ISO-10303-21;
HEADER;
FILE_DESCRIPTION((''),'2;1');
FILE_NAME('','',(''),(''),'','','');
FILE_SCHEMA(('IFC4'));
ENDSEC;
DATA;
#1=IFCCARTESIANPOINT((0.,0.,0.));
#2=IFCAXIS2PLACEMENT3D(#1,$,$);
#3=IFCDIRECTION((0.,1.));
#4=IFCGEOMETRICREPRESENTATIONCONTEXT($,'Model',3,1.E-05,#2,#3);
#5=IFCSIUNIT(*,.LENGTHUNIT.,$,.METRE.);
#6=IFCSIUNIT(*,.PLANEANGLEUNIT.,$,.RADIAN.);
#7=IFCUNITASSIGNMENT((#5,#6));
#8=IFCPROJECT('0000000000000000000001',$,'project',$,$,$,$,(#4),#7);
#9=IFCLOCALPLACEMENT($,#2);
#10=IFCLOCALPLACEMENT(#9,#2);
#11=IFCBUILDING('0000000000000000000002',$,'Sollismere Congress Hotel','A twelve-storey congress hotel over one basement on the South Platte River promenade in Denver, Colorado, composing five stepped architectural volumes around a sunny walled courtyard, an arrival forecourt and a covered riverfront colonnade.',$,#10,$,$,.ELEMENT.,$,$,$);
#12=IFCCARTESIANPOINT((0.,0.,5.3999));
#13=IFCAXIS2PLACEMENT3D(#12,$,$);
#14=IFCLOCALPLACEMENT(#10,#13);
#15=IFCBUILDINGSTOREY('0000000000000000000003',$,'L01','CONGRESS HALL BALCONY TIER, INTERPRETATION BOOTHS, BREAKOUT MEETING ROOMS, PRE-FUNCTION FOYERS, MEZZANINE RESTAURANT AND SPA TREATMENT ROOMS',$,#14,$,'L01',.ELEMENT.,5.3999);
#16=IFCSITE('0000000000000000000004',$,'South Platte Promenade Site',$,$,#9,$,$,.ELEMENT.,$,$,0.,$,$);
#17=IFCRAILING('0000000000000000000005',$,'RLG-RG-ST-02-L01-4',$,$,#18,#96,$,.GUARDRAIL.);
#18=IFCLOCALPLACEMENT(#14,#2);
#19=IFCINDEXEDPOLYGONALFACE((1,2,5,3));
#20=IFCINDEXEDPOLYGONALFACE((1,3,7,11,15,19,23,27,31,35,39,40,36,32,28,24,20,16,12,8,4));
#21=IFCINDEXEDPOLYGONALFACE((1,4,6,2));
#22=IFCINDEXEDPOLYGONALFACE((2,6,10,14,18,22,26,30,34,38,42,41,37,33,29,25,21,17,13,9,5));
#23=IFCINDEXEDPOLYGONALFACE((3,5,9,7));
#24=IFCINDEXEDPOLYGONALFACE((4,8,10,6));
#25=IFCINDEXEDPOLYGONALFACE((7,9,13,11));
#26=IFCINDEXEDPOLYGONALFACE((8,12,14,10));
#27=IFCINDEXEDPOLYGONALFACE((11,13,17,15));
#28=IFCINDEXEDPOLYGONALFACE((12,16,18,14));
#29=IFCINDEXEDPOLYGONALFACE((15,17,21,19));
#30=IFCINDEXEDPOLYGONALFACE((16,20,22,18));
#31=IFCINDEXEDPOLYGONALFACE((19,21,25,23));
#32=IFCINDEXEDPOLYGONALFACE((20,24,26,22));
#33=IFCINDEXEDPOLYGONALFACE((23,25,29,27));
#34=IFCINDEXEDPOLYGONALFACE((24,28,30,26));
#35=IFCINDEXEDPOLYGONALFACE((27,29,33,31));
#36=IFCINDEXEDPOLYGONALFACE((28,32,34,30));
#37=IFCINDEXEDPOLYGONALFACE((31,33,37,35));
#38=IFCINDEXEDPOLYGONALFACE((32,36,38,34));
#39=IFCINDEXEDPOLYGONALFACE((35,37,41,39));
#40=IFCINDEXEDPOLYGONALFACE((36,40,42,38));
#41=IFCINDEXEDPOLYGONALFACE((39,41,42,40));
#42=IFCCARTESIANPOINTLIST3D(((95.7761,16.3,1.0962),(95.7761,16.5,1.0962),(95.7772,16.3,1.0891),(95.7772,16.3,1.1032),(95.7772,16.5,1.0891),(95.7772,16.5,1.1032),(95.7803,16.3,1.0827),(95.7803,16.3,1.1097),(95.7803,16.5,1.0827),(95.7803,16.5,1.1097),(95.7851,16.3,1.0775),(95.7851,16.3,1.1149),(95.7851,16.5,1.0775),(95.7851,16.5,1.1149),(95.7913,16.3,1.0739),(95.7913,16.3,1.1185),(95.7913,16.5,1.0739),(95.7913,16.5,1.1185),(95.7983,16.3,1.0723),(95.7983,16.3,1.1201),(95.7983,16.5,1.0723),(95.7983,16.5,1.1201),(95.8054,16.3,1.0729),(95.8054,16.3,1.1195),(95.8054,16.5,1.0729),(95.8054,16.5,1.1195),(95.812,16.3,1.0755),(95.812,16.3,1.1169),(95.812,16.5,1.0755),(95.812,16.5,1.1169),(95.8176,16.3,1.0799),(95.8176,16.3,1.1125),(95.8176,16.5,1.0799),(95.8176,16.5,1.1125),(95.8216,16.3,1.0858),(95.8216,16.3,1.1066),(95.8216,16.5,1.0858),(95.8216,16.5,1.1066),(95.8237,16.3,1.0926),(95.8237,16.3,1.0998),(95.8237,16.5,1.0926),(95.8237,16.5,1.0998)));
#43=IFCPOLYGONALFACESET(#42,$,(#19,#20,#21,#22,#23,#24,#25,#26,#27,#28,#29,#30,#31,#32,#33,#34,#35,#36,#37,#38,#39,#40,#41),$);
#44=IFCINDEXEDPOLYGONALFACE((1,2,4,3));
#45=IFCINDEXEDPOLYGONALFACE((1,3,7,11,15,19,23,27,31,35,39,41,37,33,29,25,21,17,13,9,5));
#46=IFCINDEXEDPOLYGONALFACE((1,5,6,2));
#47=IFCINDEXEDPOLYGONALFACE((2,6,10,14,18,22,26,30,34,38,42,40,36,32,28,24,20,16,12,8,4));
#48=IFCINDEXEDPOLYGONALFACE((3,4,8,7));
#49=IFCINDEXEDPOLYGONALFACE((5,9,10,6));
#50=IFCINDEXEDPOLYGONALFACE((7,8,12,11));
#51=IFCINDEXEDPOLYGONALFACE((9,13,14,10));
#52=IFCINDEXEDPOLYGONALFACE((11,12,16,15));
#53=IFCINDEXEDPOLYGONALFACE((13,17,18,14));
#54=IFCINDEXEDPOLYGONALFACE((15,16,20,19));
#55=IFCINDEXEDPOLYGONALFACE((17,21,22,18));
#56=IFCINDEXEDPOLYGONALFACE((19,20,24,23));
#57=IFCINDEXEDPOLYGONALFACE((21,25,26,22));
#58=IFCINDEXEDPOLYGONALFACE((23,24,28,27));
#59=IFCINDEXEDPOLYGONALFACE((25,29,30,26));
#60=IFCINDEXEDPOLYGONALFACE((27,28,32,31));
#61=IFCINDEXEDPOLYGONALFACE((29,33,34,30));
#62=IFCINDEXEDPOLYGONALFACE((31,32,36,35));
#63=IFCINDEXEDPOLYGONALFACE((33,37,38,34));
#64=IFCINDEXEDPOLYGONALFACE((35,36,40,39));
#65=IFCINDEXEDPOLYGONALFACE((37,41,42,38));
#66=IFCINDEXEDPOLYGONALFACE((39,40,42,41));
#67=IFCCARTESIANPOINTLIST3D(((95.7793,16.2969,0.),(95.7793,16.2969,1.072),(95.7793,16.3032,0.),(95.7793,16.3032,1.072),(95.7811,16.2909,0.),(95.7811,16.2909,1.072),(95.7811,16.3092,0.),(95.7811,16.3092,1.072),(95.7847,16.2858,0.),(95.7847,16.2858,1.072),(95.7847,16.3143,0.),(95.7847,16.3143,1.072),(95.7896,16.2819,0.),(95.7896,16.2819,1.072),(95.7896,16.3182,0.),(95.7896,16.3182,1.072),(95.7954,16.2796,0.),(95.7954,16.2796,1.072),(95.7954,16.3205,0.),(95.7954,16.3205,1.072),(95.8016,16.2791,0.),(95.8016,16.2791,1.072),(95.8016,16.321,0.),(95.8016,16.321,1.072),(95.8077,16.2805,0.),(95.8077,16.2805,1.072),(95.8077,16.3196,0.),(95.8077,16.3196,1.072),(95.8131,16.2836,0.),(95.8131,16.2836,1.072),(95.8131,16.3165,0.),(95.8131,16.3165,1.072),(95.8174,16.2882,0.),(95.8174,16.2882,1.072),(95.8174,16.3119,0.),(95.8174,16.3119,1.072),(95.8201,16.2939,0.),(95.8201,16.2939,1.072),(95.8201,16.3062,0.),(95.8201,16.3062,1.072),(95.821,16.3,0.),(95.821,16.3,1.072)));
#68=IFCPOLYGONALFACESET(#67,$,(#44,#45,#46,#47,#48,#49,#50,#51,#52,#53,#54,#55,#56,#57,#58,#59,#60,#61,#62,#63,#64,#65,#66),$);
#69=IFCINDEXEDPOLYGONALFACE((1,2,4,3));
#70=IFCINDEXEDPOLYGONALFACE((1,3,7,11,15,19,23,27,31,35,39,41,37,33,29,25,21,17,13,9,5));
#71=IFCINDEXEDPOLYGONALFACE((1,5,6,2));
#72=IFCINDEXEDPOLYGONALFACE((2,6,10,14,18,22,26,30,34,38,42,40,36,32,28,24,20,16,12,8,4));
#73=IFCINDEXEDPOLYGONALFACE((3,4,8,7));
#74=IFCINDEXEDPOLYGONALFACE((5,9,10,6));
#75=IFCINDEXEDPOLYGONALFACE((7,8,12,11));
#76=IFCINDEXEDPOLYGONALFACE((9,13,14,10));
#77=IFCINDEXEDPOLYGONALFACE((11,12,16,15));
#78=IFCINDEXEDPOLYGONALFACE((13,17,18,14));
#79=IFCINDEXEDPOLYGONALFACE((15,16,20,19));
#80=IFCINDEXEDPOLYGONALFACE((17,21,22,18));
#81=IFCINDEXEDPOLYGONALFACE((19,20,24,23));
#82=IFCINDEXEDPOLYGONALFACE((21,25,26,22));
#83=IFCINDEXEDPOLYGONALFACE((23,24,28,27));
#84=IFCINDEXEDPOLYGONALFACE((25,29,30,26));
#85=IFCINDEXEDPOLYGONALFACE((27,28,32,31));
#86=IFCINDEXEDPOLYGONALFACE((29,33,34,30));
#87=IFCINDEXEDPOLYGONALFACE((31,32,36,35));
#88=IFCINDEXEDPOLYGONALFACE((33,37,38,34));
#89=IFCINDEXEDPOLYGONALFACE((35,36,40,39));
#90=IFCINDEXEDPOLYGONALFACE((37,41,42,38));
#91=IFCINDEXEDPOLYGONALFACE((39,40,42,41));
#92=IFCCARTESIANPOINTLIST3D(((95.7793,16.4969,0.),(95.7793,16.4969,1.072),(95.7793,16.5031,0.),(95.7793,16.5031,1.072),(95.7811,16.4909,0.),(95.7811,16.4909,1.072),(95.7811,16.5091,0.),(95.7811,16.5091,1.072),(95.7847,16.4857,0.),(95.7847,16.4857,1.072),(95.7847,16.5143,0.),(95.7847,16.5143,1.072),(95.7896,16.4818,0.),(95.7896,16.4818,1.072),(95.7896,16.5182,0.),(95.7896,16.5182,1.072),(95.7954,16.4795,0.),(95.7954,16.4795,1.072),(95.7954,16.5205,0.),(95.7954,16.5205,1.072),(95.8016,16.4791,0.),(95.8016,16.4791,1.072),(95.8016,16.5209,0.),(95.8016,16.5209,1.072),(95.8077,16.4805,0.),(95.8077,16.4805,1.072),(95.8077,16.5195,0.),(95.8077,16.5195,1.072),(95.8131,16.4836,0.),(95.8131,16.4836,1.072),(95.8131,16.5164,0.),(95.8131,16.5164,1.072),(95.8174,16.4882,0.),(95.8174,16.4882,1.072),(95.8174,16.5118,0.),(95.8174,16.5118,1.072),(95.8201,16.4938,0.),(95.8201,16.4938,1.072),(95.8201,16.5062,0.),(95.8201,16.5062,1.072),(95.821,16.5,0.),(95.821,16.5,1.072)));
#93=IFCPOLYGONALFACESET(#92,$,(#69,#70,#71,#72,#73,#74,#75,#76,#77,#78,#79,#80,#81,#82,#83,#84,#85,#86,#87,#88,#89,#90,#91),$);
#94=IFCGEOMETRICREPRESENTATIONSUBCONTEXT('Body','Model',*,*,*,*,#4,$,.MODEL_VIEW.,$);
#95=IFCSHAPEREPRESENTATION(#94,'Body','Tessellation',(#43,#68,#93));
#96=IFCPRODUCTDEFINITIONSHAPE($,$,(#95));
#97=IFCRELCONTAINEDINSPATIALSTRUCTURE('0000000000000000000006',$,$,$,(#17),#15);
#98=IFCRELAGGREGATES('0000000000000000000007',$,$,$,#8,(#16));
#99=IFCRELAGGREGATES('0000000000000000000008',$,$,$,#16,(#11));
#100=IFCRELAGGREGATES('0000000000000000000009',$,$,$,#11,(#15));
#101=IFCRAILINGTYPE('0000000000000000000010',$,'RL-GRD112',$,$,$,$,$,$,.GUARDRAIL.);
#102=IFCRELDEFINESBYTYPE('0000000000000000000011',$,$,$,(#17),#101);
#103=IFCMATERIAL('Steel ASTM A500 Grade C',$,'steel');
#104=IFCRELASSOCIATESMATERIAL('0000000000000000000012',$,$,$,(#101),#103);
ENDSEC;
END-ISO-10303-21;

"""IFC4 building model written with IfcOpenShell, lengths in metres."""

from ifc_helpers import new_model, si_unit, direction, frame, origin, origin_2d, place, context, subcontext, project, spatial, circle, extrude, material, type_object, element, save


model = new_model("IFC4")

# Units and contexts
model_context = context("Model", 3, precision=1e-05, world=origin(), true_north=direction((0.0, 1.0)))
body_context = subcontext(model_context, "Body", "Model", "MODEL_VIEW")
ifc_project = project(units=[si_unit("LENGTHUNIT", "METRE"), si_unit("PLANEANGLEUNIT", "RADIAN")], contexts=[model_context])

# Site, building, storey
site_placement = place(None, origin())
site = spatial("IfcSite", under=ifc_project, at=site_placement, Name="South Platte Promenade Site", CompositionType="ELEMENT", RefElevation=0.0)
building_placement = place(site_placement, origin())
building = spatial("IfcBuilding", under=site, at=building_placement, Name="Sollismere Congress Hotel", Description="A twelve-storey congress hotel over one basement on the South Platte River promenade in Denver, Colorado, composing five stepped architectural volumes around a sunny walled courtyard, an arrival forecourt and a covered riverfront colonnade.", CompositionType="ELEMENT")
storey_placement = place(building_placement, frame((0.0, 0.0, 5.3999)))
storey = spatial("IfcBuildingStorey", under=building, at=storey_placement, Name="L01", Description="CONGRESS HALL BALCONY TIER, INTERPRETATION BOOTHS, BREAKOUT MEETING ROOMS, PRE-FUNCTION FOYERS, MEZZANINE RESTAURANT AND SPA TREATMENT ROOMS", LongName="L01", CompositionType="ELEMENT", Elevation=5.3999)

# Shared definitions
ifc_material_1 = material(Name="Steel ASTM A500 Grade C", Category="steel")

# Railing
railing_type_1 = type_object("IfcRailingType", Name="RL-GRD112", PredefinedType="GUARDRAIL", material=ifc_material_1)
railing_1_placement = place(storey_placement, frame((95.8, 16.3, 0.0)))
element("IfcRailing", 1, at=railing_1_placement, inside=storey, type_object=railing_type_1, Name="RLG-RG-ST-02-L01-4", PredefinedType="GUARDRAIL", context=body_context, shape_type="SweptSolid", body=[
    extrude(circle(Radius=0.0239, at=origin_2d()), frame((0.0, 0.0, 1.0962), z_axis=(0.0, 1.0, 0.0), x_axis=(-1.0, 0.0, 0.0)), (0.0, 0.0, 1.0), 0.2),
    extrude(circle(Radius=0.021, at=origin_2d()), origin(), (0.0, 0.0, 1.0), 1.072),
    extrude(circle(Radius=0.021, at=origin_2d()), frame((0.0, 0.2, 0.0)), (0.0, 0.0, 1.0), 1.072),
])

save(model, "model.ifc")
